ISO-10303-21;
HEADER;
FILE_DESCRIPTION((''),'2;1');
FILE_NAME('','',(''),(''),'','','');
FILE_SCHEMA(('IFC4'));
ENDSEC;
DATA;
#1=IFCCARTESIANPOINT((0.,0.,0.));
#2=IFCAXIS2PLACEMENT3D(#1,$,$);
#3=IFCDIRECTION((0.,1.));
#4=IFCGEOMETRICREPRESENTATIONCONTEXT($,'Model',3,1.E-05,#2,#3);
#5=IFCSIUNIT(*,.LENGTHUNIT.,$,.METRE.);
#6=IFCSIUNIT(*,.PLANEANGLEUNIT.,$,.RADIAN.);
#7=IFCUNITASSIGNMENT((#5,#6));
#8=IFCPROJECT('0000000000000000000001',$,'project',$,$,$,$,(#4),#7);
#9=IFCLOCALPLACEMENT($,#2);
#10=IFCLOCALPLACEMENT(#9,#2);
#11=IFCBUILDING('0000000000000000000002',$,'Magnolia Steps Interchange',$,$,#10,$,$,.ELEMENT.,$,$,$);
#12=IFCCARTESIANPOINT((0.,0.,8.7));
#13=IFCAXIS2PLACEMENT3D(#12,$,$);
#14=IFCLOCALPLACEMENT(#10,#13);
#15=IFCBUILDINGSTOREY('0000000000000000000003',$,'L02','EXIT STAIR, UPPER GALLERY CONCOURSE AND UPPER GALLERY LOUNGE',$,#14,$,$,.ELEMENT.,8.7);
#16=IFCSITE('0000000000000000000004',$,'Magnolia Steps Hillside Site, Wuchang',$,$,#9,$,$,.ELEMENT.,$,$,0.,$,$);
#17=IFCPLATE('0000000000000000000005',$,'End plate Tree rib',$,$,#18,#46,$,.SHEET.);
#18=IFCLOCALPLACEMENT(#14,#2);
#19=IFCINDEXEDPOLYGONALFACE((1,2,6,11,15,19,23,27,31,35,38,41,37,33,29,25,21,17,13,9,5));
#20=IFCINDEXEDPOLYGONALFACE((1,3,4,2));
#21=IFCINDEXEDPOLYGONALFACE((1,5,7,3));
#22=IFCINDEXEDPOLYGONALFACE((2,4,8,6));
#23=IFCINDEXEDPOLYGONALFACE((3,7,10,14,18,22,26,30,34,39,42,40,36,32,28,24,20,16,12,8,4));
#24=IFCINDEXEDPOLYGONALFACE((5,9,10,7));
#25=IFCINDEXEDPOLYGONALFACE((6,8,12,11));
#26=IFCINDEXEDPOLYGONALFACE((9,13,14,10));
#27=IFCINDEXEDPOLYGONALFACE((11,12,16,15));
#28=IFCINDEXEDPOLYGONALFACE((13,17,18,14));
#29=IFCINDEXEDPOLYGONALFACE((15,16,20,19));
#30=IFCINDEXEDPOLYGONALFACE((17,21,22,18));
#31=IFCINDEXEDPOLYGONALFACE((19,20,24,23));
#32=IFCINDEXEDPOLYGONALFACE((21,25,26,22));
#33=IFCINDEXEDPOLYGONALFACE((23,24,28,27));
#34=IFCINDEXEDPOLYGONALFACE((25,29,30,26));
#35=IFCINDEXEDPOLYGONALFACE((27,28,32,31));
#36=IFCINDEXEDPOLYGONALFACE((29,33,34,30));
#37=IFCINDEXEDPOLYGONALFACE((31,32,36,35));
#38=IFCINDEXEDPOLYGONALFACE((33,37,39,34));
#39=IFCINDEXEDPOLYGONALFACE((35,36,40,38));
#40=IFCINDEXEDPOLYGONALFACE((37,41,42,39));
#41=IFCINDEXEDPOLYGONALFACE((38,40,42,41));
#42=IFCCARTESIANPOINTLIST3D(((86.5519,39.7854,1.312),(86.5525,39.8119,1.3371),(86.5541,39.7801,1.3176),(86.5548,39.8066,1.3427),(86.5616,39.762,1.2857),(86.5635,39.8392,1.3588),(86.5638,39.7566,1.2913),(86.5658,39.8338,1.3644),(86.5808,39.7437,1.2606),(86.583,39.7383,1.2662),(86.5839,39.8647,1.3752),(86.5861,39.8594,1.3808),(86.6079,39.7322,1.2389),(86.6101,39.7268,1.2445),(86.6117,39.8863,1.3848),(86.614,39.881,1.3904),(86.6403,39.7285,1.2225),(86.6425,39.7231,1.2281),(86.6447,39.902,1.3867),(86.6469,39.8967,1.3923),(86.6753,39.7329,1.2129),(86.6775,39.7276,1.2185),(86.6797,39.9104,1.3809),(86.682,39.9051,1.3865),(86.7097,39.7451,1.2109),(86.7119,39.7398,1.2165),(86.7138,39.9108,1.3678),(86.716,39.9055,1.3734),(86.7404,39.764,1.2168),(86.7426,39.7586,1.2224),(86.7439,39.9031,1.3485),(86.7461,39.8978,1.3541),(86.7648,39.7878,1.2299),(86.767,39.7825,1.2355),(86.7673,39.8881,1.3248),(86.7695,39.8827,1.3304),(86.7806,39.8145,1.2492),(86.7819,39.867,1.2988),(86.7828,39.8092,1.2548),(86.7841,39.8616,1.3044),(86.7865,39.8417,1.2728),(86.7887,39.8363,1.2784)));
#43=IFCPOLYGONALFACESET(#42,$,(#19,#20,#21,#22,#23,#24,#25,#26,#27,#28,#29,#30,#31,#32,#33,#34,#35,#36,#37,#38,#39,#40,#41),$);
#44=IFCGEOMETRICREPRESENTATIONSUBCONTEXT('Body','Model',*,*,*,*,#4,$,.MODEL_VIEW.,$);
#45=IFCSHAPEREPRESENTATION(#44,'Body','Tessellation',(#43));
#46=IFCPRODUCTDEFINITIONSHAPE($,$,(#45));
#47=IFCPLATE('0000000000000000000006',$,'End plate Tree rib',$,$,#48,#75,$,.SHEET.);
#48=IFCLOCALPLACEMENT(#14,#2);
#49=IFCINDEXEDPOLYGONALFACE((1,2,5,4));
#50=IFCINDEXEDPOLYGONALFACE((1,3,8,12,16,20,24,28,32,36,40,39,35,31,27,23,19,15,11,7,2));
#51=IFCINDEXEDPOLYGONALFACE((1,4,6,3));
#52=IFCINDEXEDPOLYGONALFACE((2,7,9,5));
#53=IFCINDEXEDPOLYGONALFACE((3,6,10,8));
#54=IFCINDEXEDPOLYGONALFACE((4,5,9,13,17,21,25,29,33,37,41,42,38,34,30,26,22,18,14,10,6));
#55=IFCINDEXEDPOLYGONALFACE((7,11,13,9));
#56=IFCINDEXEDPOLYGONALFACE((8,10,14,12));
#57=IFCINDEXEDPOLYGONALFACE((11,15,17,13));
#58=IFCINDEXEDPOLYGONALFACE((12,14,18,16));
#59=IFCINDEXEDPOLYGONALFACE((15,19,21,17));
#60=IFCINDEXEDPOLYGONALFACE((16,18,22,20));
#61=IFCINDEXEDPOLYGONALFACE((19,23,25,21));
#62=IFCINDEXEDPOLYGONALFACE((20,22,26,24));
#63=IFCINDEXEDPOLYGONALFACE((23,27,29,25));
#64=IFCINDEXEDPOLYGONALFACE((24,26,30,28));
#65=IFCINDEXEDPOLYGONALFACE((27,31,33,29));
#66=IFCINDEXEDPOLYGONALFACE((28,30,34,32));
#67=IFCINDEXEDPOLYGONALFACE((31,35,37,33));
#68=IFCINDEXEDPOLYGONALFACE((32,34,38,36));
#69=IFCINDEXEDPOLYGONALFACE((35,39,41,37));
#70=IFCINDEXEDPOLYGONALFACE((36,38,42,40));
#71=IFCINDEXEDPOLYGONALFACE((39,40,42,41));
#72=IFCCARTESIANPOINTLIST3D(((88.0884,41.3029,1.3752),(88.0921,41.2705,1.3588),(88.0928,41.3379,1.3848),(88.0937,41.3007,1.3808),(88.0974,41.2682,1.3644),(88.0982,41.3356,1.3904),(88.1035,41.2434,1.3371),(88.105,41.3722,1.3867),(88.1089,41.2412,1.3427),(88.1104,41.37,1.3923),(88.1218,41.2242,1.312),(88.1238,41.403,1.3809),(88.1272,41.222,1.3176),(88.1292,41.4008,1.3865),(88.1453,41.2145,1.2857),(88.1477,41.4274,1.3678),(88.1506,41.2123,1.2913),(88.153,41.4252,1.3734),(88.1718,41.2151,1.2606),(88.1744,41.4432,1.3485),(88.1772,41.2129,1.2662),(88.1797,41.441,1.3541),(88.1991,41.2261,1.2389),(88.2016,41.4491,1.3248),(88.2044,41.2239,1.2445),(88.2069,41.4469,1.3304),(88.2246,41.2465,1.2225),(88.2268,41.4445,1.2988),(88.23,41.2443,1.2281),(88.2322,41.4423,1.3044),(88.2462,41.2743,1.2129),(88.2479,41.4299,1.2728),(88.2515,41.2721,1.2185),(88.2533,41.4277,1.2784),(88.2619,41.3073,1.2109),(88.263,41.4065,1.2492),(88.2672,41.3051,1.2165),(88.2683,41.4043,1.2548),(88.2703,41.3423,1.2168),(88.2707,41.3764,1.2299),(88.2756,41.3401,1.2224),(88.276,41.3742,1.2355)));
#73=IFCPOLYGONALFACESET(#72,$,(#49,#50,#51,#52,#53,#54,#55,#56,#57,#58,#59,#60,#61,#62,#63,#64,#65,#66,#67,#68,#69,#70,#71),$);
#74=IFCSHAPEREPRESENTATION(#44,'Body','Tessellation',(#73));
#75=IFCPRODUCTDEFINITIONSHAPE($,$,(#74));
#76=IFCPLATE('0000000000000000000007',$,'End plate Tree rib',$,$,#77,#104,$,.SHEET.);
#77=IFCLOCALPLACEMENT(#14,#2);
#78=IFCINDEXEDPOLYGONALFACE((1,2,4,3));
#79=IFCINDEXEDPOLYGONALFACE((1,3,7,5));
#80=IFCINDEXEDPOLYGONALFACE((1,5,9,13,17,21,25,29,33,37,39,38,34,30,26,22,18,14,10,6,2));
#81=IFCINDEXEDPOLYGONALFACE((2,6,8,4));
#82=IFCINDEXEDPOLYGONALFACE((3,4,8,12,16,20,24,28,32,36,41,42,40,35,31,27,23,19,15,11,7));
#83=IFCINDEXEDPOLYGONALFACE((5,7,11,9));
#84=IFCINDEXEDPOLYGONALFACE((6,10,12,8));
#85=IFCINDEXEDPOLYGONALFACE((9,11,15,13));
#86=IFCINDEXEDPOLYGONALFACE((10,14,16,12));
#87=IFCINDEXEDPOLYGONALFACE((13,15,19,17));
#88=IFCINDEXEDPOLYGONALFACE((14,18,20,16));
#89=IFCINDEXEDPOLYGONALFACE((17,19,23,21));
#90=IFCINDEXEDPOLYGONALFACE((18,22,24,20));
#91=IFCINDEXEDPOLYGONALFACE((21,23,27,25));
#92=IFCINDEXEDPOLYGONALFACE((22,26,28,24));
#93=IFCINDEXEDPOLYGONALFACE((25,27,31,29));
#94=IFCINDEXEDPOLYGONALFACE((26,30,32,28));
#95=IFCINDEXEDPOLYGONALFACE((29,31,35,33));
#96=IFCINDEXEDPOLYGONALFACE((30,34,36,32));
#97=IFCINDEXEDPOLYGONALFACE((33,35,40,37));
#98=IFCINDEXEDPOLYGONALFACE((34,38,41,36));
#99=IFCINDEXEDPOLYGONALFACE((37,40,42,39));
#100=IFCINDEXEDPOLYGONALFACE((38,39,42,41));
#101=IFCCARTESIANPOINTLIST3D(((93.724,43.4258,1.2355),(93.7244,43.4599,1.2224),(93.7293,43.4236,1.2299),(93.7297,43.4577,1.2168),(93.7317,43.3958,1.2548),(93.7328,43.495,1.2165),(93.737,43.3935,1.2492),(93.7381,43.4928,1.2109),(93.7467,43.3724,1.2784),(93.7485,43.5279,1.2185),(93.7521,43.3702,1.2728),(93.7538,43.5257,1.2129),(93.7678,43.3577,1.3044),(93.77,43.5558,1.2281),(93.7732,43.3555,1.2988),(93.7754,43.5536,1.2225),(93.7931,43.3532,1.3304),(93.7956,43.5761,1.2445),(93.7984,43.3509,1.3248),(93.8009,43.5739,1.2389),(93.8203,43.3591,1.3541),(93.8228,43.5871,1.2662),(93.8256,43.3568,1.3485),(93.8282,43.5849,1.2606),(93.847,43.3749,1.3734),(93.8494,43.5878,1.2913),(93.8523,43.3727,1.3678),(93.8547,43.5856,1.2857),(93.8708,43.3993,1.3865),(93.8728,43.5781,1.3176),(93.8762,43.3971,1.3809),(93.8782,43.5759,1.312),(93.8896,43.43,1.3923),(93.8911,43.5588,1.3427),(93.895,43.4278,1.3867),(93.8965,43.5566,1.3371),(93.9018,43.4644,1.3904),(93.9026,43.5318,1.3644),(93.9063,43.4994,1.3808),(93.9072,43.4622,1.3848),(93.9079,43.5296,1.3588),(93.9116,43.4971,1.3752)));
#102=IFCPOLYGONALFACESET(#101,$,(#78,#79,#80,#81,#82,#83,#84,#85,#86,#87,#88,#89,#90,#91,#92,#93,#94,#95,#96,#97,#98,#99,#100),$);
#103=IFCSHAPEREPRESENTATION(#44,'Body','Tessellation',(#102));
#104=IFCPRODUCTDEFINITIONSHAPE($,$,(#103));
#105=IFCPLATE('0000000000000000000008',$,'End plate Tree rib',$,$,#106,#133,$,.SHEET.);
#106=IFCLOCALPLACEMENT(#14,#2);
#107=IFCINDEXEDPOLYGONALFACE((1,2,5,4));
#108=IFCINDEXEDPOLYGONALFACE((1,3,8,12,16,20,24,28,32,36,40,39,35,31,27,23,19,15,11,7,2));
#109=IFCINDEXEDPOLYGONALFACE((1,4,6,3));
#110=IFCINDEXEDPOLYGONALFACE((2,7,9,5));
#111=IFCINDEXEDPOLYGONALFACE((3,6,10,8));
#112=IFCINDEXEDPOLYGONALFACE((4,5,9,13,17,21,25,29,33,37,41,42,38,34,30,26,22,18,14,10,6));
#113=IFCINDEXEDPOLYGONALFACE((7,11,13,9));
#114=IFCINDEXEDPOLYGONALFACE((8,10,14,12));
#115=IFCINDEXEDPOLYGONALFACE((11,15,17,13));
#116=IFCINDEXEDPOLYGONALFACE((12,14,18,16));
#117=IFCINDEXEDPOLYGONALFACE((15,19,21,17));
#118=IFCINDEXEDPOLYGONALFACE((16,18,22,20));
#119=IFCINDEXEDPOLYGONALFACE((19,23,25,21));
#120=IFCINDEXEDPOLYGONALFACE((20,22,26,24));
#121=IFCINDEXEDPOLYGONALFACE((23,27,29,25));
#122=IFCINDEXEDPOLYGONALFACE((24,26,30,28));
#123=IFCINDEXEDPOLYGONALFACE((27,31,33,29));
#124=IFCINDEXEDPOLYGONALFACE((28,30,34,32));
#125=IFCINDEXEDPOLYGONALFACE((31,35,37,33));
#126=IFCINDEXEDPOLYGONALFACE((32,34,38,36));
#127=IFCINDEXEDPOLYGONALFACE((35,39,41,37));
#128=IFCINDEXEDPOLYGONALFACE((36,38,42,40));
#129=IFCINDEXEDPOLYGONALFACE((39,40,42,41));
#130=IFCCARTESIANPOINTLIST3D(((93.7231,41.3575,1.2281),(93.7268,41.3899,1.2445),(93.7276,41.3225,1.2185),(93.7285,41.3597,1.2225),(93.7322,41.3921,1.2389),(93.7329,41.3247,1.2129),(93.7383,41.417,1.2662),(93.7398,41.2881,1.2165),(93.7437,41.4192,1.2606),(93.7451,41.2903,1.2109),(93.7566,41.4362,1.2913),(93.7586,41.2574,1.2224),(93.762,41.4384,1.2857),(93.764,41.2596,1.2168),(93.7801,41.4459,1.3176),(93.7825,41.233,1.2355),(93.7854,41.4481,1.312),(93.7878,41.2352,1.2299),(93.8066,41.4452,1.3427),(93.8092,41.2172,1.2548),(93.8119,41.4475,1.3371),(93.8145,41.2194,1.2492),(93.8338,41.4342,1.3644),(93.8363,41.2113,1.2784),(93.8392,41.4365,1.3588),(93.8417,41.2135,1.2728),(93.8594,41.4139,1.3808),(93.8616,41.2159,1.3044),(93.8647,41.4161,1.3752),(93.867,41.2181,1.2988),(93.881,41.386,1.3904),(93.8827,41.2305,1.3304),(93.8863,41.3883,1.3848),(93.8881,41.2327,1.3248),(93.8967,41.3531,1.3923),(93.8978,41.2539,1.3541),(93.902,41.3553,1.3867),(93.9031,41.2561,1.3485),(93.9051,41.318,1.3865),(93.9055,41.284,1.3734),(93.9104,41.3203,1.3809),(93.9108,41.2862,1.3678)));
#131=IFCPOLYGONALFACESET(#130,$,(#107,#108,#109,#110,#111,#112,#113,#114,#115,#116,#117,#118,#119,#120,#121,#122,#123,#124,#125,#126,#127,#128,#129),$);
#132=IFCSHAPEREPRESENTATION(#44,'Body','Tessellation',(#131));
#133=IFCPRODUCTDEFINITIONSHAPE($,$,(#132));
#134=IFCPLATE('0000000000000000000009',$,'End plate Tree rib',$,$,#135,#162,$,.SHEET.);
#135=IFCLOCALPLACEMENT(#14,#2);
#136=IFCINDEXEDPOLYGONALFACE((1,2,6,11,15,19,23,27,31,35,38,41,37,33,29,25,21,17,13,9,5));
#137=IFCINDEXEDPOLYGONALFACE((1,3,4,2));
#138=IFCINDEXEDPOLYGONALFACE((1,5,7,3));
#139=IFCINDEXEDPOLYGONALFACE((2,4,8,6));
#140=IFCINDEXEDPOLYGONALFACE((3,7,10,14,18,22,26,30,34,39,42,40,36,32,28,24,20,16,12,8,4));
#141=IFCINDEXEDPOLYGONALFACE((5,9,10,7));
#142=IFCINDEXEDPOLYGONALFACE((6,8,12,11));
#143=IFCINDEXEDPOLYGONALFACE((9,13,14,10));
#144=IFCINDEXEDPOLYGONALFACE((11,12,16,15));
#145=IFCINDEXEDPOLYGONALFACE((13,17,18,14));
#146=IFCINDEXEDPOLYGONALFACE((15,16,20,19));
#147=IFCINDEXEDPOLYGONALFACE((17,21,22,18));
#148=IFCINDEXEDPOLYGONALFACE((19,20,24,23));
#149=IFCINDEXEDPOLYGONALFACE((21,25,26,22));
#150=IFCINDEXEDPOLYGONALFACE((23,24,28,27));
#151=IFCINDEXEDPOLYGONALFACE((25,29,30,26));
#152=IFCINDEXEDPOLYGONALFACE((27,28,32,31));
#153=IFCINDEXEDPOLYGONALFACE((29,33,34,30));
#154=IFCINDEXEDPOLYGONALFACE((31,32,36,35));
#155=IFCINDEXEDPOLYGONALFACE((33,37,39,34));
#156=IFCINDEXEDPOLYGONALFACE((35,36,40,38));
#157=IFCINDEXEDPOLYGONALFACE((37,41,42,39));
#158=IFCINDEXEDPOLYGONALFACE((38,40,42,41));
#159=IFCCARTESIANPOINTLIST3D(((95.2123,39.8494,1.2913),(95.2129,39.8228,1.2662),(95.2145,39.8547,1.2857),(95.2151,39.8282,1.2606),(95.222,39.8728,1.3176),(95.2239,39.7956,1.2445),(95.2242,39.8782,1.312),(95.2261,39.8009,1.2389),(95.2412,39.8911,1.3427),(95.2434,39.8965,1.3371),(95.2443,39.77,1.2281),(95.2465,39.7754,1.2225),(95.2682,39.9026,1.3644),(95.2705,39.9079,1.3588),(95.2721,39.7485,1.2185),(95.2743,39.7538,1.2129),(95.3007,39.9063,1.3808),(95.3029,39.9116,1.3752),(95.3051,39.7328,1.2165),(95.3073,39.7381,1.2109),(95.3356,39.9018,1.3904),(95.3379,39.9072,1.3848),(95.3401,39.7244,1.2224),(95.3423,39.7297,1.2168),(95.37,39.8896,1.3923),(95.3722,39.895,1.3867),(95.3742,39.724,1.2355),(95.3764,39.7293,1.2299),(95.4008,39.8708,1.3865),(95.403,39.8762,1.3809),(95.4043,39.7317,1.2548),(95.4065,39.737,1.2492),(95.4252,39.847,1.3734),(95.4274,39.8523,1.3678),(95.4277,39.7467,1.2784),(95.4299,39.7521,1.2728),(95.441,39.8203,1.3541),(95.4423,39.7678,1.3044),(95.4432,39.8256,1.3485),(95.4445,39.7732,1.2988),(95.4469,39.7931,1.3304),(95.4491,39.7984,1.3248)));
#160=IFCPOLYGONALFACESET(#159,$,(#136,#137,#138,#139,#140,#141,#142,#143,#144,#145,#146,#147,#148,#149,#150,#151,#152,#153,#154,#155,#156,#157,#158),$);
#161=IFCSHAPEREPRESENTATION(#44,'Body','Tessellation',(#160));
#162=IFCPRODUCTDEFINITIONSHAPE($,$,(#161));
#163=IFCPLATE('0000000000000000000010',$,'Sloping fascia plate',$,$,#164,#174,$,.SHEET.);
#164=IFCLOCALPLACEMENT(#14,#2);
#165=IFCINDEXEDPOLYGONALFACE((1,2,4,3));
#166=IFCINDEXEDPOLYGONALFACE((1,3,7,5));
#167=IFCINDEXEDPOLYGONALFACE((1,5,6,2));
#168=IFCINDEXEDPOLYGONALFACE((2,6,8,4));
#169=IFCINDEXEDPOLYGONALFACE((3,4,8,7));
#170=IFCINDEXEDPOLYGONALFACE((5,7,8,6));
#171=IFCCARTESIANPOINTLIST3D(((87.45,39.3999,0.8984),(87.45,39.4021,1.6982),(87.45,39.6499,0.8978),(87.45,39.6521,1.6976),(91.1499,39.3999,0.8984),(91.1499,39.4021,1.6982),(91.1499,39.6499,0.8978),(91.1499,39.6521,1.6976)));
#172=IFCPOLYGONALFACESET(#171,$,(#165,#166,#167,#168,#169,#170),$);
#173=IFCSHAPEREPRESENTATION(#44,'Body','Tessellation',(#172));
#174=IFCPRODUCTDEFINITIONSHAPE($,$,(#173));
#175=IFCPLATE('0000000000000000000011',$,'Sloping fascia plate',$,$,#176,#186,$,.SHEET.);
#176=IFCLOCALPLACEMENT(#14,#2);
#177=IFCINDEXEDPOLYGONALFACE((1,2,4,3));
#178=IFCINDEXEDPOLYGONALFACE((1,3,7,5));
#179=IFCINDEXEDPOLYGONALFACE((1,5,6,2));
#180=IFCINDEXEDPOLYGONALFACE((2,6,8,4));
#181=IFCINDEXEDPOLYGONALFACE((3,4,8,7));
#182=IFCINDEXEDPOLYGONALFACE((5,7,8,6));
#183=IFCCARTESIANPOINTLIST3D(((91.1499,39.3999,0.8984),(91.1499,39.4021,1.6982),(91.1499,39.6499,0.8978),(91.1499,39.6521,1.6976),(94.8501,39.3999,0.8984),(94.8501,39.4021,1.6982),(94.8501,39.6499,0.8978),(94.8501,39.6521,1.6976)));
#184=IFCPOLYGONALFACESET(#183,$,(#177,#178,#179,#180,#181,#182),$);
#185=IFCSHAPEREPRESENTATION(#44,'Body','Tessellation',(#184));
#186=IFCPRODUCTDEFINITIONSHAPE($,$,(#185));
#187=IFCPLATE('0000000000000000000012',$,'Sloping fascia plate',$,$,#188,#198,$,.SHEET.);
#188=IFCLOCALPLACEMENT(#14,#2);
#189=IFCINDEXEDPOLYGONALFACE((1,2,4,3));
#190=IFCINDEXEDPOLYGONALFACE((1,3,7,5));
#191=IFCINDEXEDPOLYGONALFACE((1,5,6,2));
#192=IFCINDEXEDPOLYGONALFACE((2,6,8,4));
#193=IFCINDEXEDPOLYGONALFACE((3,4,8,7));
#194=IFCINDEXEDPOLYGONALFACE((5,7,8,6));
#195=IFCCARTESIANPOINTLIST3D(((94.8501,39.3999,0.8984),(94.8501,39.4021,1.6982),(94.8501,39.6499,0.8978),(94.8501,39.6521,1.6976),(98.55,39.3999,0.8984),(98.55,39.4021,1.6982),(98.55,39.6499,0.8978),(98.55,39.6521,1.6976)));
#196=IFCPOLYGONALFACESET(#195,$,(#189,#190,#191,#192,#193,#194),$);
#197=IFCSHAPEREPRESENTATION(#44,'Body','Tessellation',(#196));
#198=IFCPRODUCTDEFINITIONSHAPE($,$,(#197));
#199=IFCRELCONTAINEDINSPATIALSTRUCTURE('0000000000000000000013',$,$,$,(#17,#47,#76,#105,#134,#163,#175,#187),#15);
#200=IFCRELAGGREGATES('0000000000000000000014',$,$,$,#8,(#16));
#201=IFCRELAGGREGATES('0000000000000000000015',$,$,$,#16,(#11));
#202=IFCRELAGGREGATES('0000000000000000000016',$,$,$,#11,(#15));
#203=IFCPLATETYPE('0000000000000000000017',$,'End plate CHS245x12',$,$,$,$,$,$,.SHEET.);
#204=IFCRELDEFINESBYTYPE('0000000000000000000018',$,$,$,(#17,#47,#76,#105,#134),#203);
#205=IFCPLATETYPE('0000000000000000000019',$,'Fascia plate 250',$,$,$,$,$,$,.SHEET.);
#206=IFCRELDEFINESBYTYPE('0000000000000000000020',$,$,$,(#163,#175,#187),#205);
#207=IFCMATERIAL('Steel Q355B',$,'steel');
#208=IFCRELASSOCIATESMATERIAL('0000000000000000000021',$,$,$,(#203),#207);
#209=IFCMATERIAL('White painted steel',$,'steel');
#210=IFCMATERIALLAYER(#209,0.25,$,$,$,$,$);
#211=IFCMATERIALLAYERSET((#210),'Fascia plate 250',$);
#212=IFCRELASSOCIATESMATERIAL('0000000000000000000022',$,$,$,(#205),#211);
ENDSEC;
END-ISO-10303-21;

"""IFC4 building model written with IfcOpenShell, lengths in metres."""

from ifc_helpers import new_model, si_unit, direction, frame, origin, origin_2d, place, context, subcontext, project, spatial, polyline, circle, outline, extrude, material, layer, layer_set, material_profile, profile_set, type_object, element, save


model = new_model("IFC4")

# Units and contexts
model_context = context("Model", 3, precision=1e-05, world=origin(), true_north=direction((0.0, 1.0)))
body_context = subcontext(model_context, "Body", "Model", "MODEL_VIEW")
ifc_project = project(units=[si_unit("LENGTHUNIT", "METRE"), si_unit("PLANEANGLEUNIT", "RADIAN")], contexts=[model_context])

# Site, building, storey
site_placement = place(None, origin())
site = spatial("IfcSite", under=ifc_project, at=site_placement, Name="Magnolia Steps Hillside Site, Wuchang", CompositionType="ELEMENT", RefElevation=0.0)
building_placement = place(site_placement, origin())
building = spatial("IfcBuilding", under=site, at=building_placement, Name="Magnolia Steps Interchange", CompositionType="ELEMENT")
storey_placement = place(building_placement, frame((0.0, 0.0, 8.7)))
storey = spatial("IfcBuildingStorey", under=building, at=storey_placement, Name="L02", Description="EXIT STAIR, UPPER GALLERY CONCOURSE AND UPPER GALLERY LOUNGE", CompositionType="ELEMENT", Elevation=8.7)

# Plates
ifc_material_1 = material(Name="Steel Q355B", Category="steel")
ifc_material_profile_1 = material_profile(ifc_material_1, circle(Radius=0.1226, at=origin_2d()), Name="End plate CHS245x12")
ifc_profile_set_1 = profile_set([ifc_material_profile_1], Name="Steel Q355B")
plate_type_1 = type_object("IfcPlateType", Name="End plate CHS245x12", PredefinedType="SHEET", material=ifc_profile_set_1)
for number, where, z_axis, x_axis, name in (
    (1, (86.6687, 39.8201, 1.2988), (0.275279, -0.664583, 0.694658), (0.92388, 0.382683, 0.0), "End plate Tree rib"),
    (2, (88.1799, 41.3313, 1.2988), (0.664583, -0.275279, 0.694658), (0.382683, 0.92388, 0.0), "End plate Tree rib"),
    (3, (93.8201, 43.4688, 1.2988), (-0.664583, 0.275279, 0.694658), (-0.382683, -0.92388, 0.0), "End plate Tree rib"),
    (4, (93.8201, 41.3313, 1.2988), (-0.664583, -0.275279, 0.694658), (0.382683, -0.92388, 0.0), "End plate Tree rib"),
    (5, (95.3313, 39.8201, 1.2988), (-0.275279, -0.664583, 0.694658), (0.92388, -0.382683, 0.0), "End plate Tree rib"),
):
    element("IfcPlate", number, at=place(storey_placement, frame(where, z_axis=z_axis, x_axis=x_axis)), inside=storey, type_object=plate_type_1, Name=name, PredefinedType="SHEET", context=body_context, shape_type="SweptSolid", body=[
        extrude(circle(Radius=0.1226, at=origin_2d()), origin(), (0.0, 0.0, 1.0), 0.0081),
    ])
ifc_material_2 = material(Name="White painted steel", Category="steel")
ifc_layer = layer(ifc_material_2, 0.25)
ifc_layer_set = layer_set([ifc_layer], Name="Fascia plate 250")
plate_type_2 = type_object("IfcPlateType", Name="Fascia plate 250", PredefinedType="SHEET", material=ifc_layer_set)
plate_1_placement = place(storey_placement, frame((87.45, 39.3999, 0.8984), z_axis=(0.0, -0.999996, 0.002747), x_axis=(1.0, 0.0, 0.0)))
element("IfcPlate", 6, at=plate_1_placement, inside=storey, type_object=plate_type_2, Name="Sloping fascia plate", PredefinedType="SHEET", context=body_context, shape_type="SweptSolid", body=[
    extrude(outline(polyline([(0.0, 0.0), (3.7, 0.0), (3.7, 0.7998), (0.0, 0.7998), (0.0, 0.0)])), origin(), (0.0, 0.0, -1.0), 0.25),
])
plate_2_placement = place(storey_placement, frame((91.1499, 39.3999, 0.8984), z_axis=(0.0, -0.999996, 0.002747), x_axis=(1.0, 0.0, 0.0)))
element("IfcPlate", 7, at=plate_2_placement, inside=storey, type_object=plate_type_2, Name="Sloping fascia plate", PredefinedType="SHEET", context=body_context, shape_type="SweptSolid", body=[
    extrude(outline(polyline([(0.0, 0.0), (3.7002, 0.0), (3.7002, 0.7998), (0.0, 0.7998), (0.0, 0.0)])), origin(), (0.0, 0.0, -1.0), 0.25),
])
plate_3_placement = place(storey_placement, frame((94.8501, 39.3999, 0.8984), z_axis=(0.0, -0.999996, 0.002747), x_axis=(1.0, 0.0, 0.0)))
element("IfcPlate", 8, at=plate_3_placement, inside=storey, type_object=plate_type_2, Name="Sloping fascia plate", PredefinedType="SHEET", context=body_context, shape_type="SweptSolid", body=[
    extrude(outline(polyline([(0.0, 0.0), (3.7, 0.0), (3.7, 0.7998), (0.0, 0.7998), (0.0, 0.0)])), origin(), (0.0, 0.0, -1.0), 0.25),
])

save(model, "model.ifc")
